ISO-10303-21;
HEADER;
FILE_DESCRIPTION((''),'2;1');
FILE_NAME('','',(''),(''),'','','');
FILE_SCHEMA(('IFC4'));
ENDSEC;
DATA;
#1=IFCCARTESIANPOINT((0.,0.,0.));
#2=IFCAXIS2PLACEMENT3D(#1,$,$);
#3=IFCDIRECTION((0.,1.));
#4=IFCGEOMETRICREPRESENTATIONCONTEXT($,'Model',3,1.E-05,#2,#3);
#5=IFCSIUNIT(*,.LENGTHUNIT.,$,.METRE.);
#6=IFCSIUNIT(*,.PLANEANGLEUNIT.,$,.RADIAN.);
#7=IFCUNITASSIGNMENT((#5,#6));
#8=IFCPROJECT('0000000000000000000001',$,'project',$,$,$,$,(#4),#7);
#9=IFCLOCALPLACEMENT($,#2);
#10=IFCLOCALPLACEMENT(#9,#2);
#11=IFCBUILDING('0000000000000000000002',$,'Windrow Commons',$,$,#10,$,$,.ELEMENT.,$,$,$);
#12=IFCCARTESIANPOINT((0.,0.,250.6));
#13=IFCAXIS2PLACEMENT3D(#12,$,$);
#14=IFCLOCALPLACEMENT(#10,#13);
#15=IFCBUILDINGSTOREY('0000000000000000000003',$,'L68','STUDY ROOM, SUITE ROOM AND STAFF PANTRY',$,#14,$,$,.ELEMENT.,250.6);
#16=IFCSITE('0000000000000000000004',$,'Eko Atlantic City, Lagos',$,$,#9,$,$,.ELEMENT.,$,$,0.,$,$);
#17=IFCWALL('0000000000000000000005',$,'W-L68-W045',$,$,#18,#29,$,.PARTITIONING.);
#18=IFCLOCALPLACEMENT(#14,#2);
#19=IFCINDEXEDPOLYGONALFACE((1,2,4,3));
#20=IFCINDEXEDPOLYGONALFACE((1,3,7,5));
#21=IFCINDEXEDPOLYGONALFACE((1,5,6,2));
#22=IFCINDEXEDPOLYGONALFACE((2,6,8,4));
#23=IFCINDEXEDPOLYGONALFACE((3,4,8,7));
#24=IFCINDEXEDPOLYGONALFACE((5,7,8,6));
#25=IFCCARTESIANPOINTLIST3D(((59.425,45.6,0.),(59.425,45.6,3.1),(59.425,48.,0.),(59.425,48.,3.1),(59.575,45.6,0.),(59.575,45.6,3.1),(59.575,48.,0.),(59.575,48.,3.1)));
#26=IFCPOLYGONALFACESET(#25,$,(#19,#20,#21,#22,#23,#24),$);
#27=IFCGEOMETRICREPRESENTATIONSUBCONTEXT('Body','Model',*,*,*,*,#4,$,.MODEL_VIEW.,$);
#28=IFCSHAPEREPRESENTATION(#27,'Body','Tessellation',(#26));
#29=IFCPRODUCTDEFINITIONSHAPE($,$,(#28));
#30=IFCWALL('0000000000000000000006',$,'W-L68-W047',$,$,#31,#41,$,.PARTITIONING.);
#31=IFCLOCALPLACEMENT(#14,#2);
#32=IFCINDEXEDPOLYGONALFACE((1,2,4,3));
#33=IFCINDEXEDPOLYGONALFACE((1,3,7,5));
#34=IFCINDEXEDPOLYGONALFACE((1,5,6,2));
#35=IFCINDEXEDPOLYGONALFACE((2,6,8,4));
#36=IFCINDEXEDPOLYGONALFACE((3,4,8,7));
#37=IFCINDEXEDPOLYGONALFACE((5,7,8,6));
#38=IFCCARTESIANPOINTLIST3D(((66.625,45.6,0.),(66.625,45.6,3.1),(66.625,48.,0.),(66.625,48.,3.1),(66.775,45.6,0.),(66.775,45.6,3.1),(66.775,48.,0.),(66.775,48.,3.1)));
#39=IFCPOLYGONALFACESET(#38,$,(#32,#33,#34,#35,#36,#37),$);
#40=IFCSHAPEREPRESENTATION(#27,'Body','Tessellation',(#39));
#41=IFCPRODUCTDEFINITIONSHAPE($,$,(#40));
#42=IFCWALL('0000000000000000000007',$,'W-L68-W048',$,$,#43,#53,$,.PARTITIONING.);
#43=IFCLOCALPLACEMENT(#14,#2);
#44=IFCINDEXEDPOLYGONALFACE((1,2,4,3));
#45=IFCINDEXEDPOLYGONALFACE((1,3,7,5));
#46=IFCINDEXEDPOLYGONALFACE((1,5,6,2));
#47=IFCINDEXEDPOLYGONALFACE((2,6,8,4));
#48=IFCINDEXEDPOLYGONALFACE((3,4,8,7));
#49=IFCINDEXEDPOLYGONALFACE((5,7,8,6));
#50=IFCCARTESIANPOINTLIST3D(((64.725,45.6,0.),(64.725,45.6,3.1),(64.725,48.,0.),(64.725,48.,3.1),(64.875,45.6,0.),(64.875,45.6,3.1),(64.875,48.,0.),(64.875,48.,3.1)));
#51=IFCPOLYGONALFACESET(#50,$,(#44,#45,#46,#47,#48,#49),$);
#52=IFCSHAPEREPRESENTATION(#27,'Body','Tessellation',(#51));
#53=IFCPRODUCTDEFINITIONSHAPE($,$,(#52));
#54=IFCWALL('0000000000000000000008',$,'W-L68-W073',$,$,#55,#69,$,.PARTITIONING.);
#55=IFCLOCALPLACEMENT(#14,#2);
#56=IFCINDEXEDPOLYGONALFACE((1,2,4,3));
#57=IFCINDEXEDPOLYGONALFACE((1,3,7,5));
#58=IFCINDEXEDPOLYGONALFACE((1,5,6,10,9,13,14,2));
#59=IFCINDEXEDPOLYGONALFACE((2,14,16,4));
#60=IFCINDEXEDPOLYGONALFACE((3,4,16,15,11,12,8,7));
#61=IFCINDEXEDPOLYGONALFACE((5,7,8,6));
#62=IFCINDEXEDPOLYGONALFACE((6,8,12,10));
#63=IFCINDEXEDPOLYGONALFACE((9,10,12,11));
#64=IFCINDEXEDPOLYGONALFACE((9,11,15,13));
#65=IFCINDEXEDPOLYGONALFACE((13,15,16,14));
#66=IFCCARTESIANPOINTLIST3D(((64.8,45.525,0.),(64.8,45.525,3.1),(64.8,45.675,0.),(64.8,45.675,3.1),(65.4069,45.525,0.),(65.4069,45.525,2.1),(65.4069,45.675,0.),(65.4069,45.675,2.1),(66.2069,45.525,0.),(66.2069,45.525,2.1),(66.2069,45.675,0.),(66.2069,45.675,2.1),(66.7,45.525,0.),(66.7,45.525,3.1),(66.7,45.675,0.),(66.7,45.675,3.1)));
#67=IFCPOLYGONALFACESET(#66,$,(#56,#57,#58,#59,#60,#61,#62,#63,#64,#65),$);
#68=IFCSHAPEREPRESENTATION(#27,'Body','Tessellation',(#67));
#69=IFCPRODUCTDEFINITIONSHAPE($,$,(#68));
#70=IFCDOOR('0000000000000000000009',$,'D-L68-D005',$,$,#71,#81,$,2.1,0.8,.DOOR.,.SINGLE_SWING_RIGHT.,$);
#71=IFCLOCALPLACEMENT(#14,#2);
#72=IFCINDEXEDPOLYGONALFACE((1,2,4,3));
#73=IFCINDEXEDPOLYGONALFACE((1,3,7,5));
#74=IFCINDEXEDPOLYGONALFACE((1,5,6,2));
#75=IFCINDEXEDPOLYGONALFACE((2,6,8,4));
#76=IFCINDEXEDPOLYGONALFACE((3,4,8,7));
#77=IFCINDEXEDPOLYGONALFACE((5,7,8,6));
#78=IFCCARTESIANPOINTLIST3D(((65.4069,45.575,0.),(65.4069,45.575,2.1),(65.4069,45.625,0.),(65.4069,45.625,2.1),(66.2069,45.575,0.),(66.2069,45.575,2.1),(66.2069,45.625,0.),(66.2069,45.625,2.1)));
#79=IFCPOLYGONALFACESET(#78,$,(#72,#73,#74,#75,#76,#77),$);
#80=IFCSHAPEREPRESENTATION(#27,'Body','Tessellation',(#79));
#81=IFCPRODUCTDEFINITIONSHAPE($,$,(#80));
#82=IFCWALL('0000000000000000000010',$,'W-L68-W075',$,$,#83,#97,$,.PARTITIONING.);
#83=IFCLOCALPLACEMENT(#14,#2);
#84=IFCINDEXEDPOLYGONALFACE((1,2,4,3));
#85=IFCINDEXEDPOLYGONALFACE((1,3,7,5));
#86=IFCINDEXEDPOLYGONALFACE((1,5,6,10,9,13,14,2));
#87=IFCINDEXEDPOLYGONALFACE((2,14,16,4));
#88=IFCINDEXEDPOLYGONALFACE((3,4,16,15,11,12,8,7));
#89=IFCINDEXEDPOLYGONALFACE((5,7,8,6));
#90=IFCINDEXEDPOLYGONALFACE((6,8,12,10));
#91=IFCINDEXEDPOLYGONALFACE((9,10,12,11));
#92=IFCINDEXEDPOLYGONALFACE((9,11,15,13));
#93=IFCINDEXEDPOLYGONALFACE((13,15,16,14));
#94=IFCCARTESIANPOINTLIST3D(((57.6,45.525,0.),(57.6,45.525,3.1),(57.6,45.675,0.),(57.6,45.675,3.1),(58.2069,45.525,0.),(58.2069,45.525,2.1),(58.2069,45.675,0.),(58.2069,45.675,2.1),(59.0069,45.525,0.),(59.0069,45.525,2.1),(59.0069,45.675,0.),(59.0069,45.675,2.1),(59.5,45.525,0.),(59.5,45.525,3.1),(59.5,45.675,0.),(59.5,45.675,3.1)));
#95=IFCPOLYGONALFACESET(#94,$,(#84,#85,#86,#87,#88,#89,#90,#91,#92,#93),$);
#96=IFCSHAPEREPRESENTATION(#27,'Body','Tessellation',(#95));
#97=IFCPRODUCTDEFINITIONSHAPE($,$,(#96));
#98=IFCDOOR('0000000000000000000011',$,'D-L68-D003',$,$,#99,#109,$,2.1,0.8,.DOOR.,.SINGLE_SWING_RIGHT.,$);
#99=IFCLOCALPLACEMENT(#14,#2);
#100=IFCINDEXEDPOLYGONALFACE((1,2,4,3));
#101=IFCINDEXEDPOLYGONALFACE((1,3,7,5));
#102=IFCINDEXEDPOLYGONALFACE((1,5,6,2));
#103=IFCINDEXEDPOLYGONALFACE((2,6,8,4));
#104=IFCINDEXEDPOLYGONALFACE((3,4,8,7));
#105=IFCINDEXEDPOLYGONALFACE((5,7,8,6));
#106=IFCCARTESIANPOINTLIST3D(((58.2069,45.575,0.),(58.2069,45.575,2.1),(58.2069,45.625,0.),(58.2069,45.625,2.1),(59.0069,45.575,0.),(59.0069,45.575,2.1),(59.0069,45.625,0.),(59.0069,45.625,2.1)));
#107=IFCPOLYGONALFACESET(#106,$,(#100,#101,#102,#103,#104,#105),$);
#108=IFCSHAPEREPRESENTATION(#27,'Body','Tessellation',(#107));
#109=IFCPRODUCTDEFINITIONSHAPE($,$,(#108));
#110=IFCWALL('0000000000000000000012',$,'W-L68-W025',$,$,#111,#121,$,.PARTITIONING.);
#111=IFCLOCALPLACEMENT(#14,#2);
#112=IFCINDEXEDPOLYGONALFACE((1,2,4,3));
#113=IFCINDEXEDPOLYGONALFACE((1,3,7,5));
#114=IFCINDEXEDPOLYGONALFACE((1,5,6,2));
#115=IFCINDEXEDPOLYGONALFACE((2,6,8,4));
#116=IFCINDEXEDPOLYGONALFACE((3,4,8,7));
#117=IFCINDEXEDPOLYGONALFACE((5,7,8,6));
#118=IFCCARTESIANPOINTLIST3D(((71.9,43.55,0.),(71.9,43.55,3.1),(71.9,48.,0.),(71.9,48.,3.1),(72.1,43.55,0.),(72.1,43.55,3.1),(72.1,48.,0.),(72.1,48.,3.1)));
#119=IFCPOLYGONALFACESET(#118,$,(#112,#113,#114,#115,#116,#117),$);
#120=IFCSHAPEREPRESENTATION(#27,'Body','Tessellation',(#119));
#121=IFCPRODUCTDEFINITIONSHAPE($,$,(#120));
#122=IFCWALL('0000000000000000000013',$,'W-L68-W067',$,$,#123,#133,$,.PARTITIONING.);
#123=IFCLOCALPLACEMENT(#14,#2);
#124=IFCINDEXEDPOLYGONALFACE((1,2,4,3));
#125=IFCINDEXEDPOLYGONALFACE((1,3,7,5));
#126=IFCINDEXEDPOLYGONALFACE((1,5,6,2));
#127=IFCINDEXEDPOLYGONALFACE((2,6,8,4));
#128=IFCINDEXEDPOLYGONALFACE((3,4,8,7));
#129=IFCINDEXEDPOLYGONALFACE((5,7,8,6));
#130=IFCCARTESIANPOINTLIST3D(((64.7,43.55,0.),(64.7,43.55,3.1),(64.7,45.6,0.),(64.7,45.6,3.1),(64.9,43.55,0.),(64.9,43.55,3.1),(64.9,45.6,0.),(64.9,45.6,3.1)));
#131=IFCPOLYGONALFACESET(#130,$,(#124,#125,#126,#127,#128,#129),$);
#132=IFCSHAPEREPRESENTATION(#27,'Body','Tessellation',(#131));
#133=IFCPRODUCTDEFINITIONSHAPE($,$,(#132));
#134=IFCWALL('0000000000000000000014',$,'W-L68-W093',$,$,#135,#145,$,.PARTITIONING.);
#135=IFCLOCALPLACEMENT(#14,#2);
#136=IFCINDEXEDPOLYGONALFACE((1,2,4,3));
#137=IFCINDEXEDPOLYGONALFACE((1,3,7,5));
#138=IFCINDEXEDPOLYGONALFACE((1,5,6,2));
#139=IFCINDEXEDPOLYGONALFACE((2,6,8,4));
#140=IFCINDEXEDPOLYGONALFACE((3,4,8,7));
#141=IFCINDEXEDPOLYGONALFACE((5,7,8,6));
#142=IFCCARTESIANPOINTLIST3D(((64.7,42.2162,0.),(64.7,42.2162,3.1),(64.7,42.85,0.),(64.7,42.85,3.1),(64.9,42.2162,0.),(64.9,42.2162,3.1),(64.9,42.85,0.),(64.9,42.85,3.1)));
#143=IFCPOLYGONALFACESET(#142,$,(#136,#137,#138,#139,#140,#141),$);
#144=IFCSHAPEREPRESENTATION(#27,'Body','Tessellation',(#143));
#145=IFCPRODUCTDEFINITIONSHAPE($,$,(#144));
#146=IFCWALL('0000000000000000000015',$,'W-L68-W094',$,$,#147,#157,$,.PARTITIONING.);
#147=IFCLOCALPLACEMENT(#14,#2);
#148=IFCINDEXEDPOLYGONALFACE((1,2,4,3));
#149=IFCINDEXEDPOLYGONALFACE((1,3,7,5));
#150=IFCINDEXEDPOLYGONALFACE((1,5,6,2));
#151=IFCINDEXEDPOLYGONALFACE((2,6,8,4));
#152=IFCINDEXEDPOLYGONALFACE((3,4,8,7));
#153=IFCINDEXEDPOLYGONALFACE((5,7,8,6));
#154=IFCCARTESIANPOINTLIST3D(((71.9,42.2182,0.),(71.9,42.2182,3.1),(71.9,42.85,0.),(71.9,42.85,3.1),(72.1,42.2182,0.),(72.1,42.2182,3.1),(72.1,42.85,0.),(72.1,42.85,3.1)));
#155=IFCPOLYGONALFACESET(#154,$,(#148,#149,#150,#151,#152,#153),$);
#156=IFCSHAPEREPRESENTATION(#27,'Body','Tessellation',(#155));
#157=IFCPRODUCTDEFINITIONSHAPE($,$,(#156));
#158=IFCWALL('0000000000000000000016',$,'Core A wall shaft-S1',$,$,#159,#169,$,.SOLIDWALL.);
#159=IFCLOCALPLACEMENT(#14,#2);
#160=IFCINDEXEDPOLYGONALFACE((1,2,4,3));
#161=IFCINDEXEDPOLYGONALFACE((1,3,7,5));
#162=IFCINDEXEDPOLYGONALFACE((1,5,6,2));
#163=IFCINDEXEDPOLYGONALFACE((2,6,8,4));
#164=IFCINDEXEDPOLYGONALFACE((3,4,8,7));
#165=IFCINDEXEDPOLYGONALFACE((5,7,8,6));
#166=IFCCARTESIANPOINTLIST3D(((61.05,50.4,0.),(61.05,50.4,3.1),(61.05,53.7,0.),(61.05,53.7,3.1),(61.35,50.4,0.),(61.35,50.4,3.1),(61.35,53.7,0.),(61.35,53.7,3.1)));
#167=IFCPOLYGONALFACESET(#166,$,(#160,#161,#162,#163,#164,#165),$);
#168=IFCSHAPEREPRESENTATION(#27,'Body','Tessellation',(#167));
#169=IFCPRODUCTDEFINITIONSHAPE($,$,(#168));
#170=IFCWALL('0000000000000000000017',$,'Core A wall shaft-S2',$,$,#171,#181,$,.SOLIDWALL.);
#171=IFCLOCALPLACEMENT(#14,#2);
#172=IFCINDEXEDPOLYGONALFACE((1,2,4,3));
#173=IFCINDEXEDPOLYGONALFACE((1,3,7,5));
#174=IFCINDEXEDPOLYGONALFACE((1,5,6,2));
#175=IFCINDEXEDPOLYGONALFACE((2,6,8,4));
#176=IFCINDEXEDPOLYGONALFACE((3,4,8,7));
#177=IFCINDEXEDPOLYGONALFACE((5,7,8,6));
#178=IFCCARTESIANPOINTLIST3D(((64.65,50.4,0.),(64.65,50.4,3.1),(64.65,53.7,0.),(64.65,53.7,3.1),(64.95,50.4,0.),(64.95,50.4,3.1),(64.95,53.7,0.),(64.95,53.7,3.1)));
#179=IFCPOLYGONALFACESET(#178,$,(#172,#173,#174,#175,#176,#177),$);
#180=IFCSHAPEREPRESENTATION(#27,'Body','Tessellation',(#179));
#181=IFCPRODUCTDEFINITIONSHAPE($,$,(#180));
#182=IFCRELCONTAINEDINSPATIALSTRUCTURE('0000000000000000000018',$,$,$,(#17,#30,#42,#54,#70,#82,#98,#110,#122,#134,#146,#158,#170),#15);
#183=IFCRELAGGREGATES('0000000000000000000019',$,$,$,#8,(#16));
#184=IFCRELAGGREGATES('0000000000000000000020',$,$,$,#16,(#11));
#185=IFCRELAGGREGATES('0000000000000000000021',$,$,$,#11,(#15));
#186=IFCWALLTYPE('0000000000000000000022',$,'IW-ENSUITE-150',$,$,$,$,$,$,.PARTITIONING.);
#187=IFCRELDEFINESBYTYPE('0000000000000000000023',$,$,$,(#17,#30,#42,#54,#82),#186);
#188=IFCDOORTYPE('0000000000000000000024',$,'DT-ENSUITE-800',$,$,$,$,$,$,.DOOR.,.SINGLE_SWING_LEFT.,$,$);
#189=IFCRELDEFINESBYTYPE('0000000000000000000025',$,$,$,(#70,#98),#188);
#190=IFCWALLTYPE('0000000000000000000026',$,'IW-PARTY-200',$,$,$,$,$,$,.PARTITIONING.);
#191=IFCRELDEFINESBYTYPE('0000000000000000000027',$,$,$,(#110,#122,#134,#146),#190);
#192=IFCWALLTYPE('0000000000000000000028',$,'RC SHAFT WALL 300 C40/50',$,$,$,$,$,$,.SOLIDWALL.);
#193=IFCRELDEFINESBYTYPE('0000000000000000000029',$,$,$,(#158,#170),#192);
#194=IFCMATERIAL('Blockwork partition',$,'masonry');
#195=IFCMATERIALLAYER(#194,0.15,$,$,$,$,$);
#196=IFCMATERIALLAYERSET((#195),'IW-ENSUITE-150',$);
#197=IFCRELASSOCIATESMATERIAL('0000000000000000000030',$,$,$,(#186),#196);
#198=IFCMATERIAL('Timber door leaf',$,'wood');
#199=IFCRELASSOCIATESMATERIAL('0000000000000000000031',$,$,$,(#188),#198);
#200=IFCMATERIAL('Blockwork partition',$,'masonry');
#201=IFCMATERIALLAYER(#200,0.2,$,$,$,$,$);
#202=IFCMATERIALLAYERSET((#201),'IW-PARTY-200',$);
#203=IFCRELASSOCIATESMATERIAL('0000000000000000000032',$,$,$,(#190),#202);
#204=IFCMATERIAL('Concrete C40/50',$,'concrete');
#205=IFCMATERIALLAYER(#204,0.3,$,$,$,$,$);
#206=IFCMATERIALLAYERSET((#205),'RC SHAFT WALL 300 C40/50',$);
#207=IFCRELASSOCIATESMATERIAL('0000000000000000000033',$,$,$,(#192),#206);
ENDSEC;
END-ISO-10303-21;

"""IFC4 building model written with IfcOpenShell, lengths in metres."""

from ifc_helpers import new_model, si_unit, direction, frame, frame_2d, origin, place, context, subcontext, project, spatial, rectangle, extrude, material, layer, layer_set, type_object, element, fill, save


model = new_model("IFC4")

# Units and contexts
model_context = context("Model", 3, precision=1e-05, world=origin(), true_north=direction((0.0, 1.0)))
body_context = subcontext(model_context, "Body", "Model", "MODEL_VIEW")
ifc_project = project(units=[si_unit("LENGTHUNIT", "METRE"), si_unit("PLANEANGLEUNIT", "RADIAN")], contexts=[model_context])

# Site, building, storey
site_placement = place(None, origin())
site = spatial("IfcSite", under=ifc_project, at=site_placement, Name="Eko Atlantic City, Lagos", CompositionType="ELEMENT", RefElevation=0.0)
building_placement = place(site_placement, origin())
building = spatial("IfcBuilding", under=site, at=building_placement, Name="Windrow Commons", CompositionType="ELEMENT")
storey_placement = place(building_placement, frame((0.0, 0.0, 250.6)))
storey = spatial("IfcBuildingStorey", under=building, at=storey_placement, Name="L68", Description="STUDY ROOM, SUITE ROOM AND STAFF PANTRY", CompositionType="ELEMENT", Elevation=250.6)

# Walls
ifc_material_1 = material(Name="Blockwork partition", Category="masonry")
ifc_layer_1 = layer(ifc_material_1, 0.15)
ifc_layer_set_1 = layer_set([ifc_layer_1], Name="IW-ENSUITE-150")
wall_type_1 = type_object("IfcWallType", Name="IW-ENSUITE-150", PredefinedType="PARTITIONING", material=ifc_layer_set_1)
for number, where, z_axis, x_axis, name in (
    (1, (59.5, 45.6, 0.0), (0.0, 0.0, 1.0), (0.0, 1.0, 0.0), "W-L68-W045"),
    (2, (66.7, 45.6, 0.0), (0.0, 0.0, 1.0), (0.0, 1.0, 0.0), "W-L68-W047"),
    (3, (64.8, 45.6, 0.0), (0.0, 0.0, 1.0), (0.0, 1.0, 0.0), "W-L68-W048"),
):
    element("IfcWall", number, at=place(storey_placement, frame(where, z_axis=z_axis, x_axis=x_axis)), inside=storey, type_object=wall_type_1, Name=name, PredefinedType="PARTITIONING", context=body_context, shape_type="SweptSolid", body=[
        extrude(rectangle(XDim=2.4, YDim=0.15, at=frame_2d((1.2, 0.0))), origin(), (0.0, 0.0, 1.0), 3.1),
    ])

# Walls, openings, doors
wall_1_placement = place(storey_placement, frame((64.8, 45.6, 0.0), z_axis=(0.0, 0.0, 1.0), x_axis=(1.0, 0.0, 0.0)))
wall_1 = element("IfcWall", 4, at=wall_1_placement, inside=storey, type_object=wall_type_1, Name="W-L68-W073", PredefinedType="PARTITIONING", context=body_context, shape_type="SweptSolid", body=[
    extrude(rectangle(XDim=1.9, YDim=0.15, at=frame_2d((0.95, 0.0))), origin(), (0.0, 0.0, 1.0), 3.1),
])
opening_1_placement = place(wall_1_placement, frame((0.6069, 0.0, 0.0)))
opening_1 = element("IfcOpeningElement", 5, at=opening_1_placement, cuts=wall_1, PredefinedType="OPENING", context=body_context, shape_type="SweptSolid", body=[
    extrude(rectangle(XDim=0.8, YDim=2.1, at=frame_2d((0.4, 1.05))), frame((0.0, 0.085, 0.0), z_axis=(0.0, -1.0, 0.0), x_axis=(1.0, 0.0, 0.0)), (0.0, 0.0, 1.0), 0.17),
])
ifc_material_2 = material(Name="Timber door leaf", Category="wood")
door_type = type_object("IfcDoorType", Name="DT-ENSUITE-800", OperationType="SINGLE_SWING_LEFT", PredefinedType="DOOR", material=ifc_material_2)
door_1_placement = place(opening_1_placement, origin())
door_1 = element("IfcDoor", 6, at=door_1_placement, inside=storey, type_object=door_type, Name="D-L68-D005", OperationType="SINGLE_SWING_RIGHT", OverallHeight=2.1, OverallWidth=0.8, PredefinedType="DOOR", context=body_context, shape_type="SweptSolid", body=[
    extrude(rectangle(XDim=0.8, YDim=2.1, at=frame_2d((0.4, 1.05))), frame((0.0, 0.025, 0.0), z_axis=(0.0, -1.0, 0.0), x_axis=(1.0, 0.0, 0.0)), (0.0, 0.0, 1.0), 0.05),
])
fill(opening_1, door_1)
wall_2_placement = place(storey_placement, frame((57.6, 45.6, 0.0), z_axis=(0.0, 0.0, 1.0), x_axis=(1.0, 0.0, 0.0)))
wall_2 = element("IfcWall", 7, at=wall_2_placement, inside=storey, type_object=wall_type_1, Name="W-L68-W075", PredefinedType="PARTITIONING", context=body_context, shape_type="SweptSolid", body=[
    extrude(rectangle(XDim=1.9, YDim=0.15, at=frame_2d((0.95, 0.0))), origin(), (0.0, 0.0, 1.0), 3.1),
])
opening_2_placement = place(wall_2_placement, frame((0.6069, 0.0, 0.0)))
opening_2 = element("IfcOpeningElement", 8, at=opening_2_placement, cuts=wall_2, PredefinedType="OPENING", context=body_context, shape_type="SweptSolid", body=[
    extrude(rectangle(XDim=0.8, YDim=2.1, at=frame_2d((0.4, 1.05))), frame((0.0, 0.085, 0.0), z_axis=(0.0, -1.0, 0.0), x_axis=(1.0, 0.0, 0.0)), (0.0, 0.0, 1.0), 0.17),
])
door_2_placement = place(opening_2_placement, origin())
door_2 = element("IfcDoor", 9, at=door_2_placement, inside=storey, type_object=door_type, Name="D-L68-D003", OperationType="SINGLE_SWING_RIGHT", OverallHeight=2.1, OverallWidth=0.8, PredefinedType="DOOR", context=body_context, shape_type="SweptSolid", body=[
    extrude(rectangle(XDim=0.8, YDim=2.1, at=frame_2d((0.4, 1.05))), frame((0.0, 0.025, 0.0), z_axis=(0.0, -1.0, 0.0), x_axis=(1.0, 0.0, 0.0)), (0.0, 0.0, 1.0), 0.05),
])
fill(opening_2, door_2)

# Walls
ifc_material_3 = material(Name="Blockwork partition", Category="masonry")
ifc_layer_2 = layer(ifc_material_3, 0.2)
ifc_layer_set_2 = layer_set([ifc_layer_2], Name="IW-PARTY-200")
wall_type_2 = type_object("IfcWallType", Name="IW-PARTY-200", PredefinedType="PARTITIONING", material=ifc_layer_set_2)
wall_3_placement = place(storey_placement, frame((72.0, 43.55, 0.0), z_axis=(0.0, 0.0, 1.0), x_axis=(0.0, 1.0, 0.0)))
element("IfcWall", 10, at=wall_3_placement, inside=storey, type_object=wall_type_2, Name="W-L68-W025", PredefinedType="PARTITIONING", context=body_context, shape_type="SweptSolid", body=[
    extrude(rectangle(XDim=4.45, YDim=0.2, at=frame_2d((2.225, 0.0))), origin(), (0.0, 0.0, 1.0), 3.1),
])
wall_4_placement = place(storey_placement, frame((64.8, 43.55, 0.0), z_axis=(0.0, 0.0, 1.0), x_axis=(0.0, 1.0, 0.0)))
element("IfcWall", 11, at=wall_4_placement, inside=storey, type_object=wall_type_2, Name="W-L68-W067", PredefinedType="PARTITIONING", context=body_context, shape_type="SweptSolid", body=[
    extrude(rectangle(XDim=2.05, YDim=0.2, at=frame_2d((1.025, 0.0))), origin(), (0.0, 0.0, 1.0), 3.1),
])
wall_5_placement = place(storey_placement, frame((64.8, 42.2161, 0.0), z_axis=(0.0, 0.0, 1.0), x_axis=(0.0, 1.0, 0.0)))
element("IfcWall", 12, at=wall_5_placement, inside=storey, type_object=wall_type_2, Name="W-L68-W093", PredefinedType="PARTITIONING", context=body_context, shape_type="SweptSolid", body=[
    extrude(rectangle(XDim=0.6339, YDim=0.2, at=frame_2d((0.317, 0.0))), origin(), (0.0, 0.0, 1.0), 3.1),
])
wall_6_placement = place(storey_placement, frame((72.0, 42.2182, 0.0), z_axis=(0.0, 0.0, 1.0), x_axis=(0.0, 1.0, 0.0)))
element("IfcWall", 13, at=wall_6_placement, inside=storey, type_object=wall_type_2, Name="W-L68-W094", PredefinedType="PARTITIONING", context=body_context, shape_type="SweptSolid", body=[
    extrude(rectangle(XDim=0.6318, YDim=0.2, at=frame_2d((0.3159, 0.0))), origin(), (0.0, 0.0, 1.0), 3.1),
])
ifc_material_4 = material(Name="Concrete C40/50", Category="concrete")
ifc_layer_3 = layer(ifc_material_4, 0.3)
ifc_layer_set_3 = layer_set([ifc_layer_3], Name="RC SHAFT WALL 300 C40/50")
wall_type_3 = type_object("IfcWallType", Name="RC SHAFT WALL 300 C40/50", PredefinedType="SOLIDWALL", material=ifc_layer_set_3)
for number, where, z_axis, x_axis, name in (
    (14, (61.2, 50.4, 0.0), (0.0, 0.0, 1.0), (0.0, 1.0, 0.0), "Core A wall shaft-S1"),
    (15, (64.8, 50.4, 0.0), (0.0, 0.0, 1.0), (0.0, 1.0, 0.0), "Core A wall shaft-S2"),
):
    element("IfcWall", number, at=place(storey_placement, frame(where, z_axis=z_axis, x_axis=x_axis)), inside=storey, type_object=wall_type_3, Name=name, PredefinedType="SOLIDWALL", context=body_context, shape_type="SweptSolid", body=[
        extrude(rectangle(XDim=3.3, YDim=0.3, at=frame_2d((1.65, 0.0))), origin(), (0.0, 0.0, 1.0), 3.1),
    ])

save(model, "model.ifc")
